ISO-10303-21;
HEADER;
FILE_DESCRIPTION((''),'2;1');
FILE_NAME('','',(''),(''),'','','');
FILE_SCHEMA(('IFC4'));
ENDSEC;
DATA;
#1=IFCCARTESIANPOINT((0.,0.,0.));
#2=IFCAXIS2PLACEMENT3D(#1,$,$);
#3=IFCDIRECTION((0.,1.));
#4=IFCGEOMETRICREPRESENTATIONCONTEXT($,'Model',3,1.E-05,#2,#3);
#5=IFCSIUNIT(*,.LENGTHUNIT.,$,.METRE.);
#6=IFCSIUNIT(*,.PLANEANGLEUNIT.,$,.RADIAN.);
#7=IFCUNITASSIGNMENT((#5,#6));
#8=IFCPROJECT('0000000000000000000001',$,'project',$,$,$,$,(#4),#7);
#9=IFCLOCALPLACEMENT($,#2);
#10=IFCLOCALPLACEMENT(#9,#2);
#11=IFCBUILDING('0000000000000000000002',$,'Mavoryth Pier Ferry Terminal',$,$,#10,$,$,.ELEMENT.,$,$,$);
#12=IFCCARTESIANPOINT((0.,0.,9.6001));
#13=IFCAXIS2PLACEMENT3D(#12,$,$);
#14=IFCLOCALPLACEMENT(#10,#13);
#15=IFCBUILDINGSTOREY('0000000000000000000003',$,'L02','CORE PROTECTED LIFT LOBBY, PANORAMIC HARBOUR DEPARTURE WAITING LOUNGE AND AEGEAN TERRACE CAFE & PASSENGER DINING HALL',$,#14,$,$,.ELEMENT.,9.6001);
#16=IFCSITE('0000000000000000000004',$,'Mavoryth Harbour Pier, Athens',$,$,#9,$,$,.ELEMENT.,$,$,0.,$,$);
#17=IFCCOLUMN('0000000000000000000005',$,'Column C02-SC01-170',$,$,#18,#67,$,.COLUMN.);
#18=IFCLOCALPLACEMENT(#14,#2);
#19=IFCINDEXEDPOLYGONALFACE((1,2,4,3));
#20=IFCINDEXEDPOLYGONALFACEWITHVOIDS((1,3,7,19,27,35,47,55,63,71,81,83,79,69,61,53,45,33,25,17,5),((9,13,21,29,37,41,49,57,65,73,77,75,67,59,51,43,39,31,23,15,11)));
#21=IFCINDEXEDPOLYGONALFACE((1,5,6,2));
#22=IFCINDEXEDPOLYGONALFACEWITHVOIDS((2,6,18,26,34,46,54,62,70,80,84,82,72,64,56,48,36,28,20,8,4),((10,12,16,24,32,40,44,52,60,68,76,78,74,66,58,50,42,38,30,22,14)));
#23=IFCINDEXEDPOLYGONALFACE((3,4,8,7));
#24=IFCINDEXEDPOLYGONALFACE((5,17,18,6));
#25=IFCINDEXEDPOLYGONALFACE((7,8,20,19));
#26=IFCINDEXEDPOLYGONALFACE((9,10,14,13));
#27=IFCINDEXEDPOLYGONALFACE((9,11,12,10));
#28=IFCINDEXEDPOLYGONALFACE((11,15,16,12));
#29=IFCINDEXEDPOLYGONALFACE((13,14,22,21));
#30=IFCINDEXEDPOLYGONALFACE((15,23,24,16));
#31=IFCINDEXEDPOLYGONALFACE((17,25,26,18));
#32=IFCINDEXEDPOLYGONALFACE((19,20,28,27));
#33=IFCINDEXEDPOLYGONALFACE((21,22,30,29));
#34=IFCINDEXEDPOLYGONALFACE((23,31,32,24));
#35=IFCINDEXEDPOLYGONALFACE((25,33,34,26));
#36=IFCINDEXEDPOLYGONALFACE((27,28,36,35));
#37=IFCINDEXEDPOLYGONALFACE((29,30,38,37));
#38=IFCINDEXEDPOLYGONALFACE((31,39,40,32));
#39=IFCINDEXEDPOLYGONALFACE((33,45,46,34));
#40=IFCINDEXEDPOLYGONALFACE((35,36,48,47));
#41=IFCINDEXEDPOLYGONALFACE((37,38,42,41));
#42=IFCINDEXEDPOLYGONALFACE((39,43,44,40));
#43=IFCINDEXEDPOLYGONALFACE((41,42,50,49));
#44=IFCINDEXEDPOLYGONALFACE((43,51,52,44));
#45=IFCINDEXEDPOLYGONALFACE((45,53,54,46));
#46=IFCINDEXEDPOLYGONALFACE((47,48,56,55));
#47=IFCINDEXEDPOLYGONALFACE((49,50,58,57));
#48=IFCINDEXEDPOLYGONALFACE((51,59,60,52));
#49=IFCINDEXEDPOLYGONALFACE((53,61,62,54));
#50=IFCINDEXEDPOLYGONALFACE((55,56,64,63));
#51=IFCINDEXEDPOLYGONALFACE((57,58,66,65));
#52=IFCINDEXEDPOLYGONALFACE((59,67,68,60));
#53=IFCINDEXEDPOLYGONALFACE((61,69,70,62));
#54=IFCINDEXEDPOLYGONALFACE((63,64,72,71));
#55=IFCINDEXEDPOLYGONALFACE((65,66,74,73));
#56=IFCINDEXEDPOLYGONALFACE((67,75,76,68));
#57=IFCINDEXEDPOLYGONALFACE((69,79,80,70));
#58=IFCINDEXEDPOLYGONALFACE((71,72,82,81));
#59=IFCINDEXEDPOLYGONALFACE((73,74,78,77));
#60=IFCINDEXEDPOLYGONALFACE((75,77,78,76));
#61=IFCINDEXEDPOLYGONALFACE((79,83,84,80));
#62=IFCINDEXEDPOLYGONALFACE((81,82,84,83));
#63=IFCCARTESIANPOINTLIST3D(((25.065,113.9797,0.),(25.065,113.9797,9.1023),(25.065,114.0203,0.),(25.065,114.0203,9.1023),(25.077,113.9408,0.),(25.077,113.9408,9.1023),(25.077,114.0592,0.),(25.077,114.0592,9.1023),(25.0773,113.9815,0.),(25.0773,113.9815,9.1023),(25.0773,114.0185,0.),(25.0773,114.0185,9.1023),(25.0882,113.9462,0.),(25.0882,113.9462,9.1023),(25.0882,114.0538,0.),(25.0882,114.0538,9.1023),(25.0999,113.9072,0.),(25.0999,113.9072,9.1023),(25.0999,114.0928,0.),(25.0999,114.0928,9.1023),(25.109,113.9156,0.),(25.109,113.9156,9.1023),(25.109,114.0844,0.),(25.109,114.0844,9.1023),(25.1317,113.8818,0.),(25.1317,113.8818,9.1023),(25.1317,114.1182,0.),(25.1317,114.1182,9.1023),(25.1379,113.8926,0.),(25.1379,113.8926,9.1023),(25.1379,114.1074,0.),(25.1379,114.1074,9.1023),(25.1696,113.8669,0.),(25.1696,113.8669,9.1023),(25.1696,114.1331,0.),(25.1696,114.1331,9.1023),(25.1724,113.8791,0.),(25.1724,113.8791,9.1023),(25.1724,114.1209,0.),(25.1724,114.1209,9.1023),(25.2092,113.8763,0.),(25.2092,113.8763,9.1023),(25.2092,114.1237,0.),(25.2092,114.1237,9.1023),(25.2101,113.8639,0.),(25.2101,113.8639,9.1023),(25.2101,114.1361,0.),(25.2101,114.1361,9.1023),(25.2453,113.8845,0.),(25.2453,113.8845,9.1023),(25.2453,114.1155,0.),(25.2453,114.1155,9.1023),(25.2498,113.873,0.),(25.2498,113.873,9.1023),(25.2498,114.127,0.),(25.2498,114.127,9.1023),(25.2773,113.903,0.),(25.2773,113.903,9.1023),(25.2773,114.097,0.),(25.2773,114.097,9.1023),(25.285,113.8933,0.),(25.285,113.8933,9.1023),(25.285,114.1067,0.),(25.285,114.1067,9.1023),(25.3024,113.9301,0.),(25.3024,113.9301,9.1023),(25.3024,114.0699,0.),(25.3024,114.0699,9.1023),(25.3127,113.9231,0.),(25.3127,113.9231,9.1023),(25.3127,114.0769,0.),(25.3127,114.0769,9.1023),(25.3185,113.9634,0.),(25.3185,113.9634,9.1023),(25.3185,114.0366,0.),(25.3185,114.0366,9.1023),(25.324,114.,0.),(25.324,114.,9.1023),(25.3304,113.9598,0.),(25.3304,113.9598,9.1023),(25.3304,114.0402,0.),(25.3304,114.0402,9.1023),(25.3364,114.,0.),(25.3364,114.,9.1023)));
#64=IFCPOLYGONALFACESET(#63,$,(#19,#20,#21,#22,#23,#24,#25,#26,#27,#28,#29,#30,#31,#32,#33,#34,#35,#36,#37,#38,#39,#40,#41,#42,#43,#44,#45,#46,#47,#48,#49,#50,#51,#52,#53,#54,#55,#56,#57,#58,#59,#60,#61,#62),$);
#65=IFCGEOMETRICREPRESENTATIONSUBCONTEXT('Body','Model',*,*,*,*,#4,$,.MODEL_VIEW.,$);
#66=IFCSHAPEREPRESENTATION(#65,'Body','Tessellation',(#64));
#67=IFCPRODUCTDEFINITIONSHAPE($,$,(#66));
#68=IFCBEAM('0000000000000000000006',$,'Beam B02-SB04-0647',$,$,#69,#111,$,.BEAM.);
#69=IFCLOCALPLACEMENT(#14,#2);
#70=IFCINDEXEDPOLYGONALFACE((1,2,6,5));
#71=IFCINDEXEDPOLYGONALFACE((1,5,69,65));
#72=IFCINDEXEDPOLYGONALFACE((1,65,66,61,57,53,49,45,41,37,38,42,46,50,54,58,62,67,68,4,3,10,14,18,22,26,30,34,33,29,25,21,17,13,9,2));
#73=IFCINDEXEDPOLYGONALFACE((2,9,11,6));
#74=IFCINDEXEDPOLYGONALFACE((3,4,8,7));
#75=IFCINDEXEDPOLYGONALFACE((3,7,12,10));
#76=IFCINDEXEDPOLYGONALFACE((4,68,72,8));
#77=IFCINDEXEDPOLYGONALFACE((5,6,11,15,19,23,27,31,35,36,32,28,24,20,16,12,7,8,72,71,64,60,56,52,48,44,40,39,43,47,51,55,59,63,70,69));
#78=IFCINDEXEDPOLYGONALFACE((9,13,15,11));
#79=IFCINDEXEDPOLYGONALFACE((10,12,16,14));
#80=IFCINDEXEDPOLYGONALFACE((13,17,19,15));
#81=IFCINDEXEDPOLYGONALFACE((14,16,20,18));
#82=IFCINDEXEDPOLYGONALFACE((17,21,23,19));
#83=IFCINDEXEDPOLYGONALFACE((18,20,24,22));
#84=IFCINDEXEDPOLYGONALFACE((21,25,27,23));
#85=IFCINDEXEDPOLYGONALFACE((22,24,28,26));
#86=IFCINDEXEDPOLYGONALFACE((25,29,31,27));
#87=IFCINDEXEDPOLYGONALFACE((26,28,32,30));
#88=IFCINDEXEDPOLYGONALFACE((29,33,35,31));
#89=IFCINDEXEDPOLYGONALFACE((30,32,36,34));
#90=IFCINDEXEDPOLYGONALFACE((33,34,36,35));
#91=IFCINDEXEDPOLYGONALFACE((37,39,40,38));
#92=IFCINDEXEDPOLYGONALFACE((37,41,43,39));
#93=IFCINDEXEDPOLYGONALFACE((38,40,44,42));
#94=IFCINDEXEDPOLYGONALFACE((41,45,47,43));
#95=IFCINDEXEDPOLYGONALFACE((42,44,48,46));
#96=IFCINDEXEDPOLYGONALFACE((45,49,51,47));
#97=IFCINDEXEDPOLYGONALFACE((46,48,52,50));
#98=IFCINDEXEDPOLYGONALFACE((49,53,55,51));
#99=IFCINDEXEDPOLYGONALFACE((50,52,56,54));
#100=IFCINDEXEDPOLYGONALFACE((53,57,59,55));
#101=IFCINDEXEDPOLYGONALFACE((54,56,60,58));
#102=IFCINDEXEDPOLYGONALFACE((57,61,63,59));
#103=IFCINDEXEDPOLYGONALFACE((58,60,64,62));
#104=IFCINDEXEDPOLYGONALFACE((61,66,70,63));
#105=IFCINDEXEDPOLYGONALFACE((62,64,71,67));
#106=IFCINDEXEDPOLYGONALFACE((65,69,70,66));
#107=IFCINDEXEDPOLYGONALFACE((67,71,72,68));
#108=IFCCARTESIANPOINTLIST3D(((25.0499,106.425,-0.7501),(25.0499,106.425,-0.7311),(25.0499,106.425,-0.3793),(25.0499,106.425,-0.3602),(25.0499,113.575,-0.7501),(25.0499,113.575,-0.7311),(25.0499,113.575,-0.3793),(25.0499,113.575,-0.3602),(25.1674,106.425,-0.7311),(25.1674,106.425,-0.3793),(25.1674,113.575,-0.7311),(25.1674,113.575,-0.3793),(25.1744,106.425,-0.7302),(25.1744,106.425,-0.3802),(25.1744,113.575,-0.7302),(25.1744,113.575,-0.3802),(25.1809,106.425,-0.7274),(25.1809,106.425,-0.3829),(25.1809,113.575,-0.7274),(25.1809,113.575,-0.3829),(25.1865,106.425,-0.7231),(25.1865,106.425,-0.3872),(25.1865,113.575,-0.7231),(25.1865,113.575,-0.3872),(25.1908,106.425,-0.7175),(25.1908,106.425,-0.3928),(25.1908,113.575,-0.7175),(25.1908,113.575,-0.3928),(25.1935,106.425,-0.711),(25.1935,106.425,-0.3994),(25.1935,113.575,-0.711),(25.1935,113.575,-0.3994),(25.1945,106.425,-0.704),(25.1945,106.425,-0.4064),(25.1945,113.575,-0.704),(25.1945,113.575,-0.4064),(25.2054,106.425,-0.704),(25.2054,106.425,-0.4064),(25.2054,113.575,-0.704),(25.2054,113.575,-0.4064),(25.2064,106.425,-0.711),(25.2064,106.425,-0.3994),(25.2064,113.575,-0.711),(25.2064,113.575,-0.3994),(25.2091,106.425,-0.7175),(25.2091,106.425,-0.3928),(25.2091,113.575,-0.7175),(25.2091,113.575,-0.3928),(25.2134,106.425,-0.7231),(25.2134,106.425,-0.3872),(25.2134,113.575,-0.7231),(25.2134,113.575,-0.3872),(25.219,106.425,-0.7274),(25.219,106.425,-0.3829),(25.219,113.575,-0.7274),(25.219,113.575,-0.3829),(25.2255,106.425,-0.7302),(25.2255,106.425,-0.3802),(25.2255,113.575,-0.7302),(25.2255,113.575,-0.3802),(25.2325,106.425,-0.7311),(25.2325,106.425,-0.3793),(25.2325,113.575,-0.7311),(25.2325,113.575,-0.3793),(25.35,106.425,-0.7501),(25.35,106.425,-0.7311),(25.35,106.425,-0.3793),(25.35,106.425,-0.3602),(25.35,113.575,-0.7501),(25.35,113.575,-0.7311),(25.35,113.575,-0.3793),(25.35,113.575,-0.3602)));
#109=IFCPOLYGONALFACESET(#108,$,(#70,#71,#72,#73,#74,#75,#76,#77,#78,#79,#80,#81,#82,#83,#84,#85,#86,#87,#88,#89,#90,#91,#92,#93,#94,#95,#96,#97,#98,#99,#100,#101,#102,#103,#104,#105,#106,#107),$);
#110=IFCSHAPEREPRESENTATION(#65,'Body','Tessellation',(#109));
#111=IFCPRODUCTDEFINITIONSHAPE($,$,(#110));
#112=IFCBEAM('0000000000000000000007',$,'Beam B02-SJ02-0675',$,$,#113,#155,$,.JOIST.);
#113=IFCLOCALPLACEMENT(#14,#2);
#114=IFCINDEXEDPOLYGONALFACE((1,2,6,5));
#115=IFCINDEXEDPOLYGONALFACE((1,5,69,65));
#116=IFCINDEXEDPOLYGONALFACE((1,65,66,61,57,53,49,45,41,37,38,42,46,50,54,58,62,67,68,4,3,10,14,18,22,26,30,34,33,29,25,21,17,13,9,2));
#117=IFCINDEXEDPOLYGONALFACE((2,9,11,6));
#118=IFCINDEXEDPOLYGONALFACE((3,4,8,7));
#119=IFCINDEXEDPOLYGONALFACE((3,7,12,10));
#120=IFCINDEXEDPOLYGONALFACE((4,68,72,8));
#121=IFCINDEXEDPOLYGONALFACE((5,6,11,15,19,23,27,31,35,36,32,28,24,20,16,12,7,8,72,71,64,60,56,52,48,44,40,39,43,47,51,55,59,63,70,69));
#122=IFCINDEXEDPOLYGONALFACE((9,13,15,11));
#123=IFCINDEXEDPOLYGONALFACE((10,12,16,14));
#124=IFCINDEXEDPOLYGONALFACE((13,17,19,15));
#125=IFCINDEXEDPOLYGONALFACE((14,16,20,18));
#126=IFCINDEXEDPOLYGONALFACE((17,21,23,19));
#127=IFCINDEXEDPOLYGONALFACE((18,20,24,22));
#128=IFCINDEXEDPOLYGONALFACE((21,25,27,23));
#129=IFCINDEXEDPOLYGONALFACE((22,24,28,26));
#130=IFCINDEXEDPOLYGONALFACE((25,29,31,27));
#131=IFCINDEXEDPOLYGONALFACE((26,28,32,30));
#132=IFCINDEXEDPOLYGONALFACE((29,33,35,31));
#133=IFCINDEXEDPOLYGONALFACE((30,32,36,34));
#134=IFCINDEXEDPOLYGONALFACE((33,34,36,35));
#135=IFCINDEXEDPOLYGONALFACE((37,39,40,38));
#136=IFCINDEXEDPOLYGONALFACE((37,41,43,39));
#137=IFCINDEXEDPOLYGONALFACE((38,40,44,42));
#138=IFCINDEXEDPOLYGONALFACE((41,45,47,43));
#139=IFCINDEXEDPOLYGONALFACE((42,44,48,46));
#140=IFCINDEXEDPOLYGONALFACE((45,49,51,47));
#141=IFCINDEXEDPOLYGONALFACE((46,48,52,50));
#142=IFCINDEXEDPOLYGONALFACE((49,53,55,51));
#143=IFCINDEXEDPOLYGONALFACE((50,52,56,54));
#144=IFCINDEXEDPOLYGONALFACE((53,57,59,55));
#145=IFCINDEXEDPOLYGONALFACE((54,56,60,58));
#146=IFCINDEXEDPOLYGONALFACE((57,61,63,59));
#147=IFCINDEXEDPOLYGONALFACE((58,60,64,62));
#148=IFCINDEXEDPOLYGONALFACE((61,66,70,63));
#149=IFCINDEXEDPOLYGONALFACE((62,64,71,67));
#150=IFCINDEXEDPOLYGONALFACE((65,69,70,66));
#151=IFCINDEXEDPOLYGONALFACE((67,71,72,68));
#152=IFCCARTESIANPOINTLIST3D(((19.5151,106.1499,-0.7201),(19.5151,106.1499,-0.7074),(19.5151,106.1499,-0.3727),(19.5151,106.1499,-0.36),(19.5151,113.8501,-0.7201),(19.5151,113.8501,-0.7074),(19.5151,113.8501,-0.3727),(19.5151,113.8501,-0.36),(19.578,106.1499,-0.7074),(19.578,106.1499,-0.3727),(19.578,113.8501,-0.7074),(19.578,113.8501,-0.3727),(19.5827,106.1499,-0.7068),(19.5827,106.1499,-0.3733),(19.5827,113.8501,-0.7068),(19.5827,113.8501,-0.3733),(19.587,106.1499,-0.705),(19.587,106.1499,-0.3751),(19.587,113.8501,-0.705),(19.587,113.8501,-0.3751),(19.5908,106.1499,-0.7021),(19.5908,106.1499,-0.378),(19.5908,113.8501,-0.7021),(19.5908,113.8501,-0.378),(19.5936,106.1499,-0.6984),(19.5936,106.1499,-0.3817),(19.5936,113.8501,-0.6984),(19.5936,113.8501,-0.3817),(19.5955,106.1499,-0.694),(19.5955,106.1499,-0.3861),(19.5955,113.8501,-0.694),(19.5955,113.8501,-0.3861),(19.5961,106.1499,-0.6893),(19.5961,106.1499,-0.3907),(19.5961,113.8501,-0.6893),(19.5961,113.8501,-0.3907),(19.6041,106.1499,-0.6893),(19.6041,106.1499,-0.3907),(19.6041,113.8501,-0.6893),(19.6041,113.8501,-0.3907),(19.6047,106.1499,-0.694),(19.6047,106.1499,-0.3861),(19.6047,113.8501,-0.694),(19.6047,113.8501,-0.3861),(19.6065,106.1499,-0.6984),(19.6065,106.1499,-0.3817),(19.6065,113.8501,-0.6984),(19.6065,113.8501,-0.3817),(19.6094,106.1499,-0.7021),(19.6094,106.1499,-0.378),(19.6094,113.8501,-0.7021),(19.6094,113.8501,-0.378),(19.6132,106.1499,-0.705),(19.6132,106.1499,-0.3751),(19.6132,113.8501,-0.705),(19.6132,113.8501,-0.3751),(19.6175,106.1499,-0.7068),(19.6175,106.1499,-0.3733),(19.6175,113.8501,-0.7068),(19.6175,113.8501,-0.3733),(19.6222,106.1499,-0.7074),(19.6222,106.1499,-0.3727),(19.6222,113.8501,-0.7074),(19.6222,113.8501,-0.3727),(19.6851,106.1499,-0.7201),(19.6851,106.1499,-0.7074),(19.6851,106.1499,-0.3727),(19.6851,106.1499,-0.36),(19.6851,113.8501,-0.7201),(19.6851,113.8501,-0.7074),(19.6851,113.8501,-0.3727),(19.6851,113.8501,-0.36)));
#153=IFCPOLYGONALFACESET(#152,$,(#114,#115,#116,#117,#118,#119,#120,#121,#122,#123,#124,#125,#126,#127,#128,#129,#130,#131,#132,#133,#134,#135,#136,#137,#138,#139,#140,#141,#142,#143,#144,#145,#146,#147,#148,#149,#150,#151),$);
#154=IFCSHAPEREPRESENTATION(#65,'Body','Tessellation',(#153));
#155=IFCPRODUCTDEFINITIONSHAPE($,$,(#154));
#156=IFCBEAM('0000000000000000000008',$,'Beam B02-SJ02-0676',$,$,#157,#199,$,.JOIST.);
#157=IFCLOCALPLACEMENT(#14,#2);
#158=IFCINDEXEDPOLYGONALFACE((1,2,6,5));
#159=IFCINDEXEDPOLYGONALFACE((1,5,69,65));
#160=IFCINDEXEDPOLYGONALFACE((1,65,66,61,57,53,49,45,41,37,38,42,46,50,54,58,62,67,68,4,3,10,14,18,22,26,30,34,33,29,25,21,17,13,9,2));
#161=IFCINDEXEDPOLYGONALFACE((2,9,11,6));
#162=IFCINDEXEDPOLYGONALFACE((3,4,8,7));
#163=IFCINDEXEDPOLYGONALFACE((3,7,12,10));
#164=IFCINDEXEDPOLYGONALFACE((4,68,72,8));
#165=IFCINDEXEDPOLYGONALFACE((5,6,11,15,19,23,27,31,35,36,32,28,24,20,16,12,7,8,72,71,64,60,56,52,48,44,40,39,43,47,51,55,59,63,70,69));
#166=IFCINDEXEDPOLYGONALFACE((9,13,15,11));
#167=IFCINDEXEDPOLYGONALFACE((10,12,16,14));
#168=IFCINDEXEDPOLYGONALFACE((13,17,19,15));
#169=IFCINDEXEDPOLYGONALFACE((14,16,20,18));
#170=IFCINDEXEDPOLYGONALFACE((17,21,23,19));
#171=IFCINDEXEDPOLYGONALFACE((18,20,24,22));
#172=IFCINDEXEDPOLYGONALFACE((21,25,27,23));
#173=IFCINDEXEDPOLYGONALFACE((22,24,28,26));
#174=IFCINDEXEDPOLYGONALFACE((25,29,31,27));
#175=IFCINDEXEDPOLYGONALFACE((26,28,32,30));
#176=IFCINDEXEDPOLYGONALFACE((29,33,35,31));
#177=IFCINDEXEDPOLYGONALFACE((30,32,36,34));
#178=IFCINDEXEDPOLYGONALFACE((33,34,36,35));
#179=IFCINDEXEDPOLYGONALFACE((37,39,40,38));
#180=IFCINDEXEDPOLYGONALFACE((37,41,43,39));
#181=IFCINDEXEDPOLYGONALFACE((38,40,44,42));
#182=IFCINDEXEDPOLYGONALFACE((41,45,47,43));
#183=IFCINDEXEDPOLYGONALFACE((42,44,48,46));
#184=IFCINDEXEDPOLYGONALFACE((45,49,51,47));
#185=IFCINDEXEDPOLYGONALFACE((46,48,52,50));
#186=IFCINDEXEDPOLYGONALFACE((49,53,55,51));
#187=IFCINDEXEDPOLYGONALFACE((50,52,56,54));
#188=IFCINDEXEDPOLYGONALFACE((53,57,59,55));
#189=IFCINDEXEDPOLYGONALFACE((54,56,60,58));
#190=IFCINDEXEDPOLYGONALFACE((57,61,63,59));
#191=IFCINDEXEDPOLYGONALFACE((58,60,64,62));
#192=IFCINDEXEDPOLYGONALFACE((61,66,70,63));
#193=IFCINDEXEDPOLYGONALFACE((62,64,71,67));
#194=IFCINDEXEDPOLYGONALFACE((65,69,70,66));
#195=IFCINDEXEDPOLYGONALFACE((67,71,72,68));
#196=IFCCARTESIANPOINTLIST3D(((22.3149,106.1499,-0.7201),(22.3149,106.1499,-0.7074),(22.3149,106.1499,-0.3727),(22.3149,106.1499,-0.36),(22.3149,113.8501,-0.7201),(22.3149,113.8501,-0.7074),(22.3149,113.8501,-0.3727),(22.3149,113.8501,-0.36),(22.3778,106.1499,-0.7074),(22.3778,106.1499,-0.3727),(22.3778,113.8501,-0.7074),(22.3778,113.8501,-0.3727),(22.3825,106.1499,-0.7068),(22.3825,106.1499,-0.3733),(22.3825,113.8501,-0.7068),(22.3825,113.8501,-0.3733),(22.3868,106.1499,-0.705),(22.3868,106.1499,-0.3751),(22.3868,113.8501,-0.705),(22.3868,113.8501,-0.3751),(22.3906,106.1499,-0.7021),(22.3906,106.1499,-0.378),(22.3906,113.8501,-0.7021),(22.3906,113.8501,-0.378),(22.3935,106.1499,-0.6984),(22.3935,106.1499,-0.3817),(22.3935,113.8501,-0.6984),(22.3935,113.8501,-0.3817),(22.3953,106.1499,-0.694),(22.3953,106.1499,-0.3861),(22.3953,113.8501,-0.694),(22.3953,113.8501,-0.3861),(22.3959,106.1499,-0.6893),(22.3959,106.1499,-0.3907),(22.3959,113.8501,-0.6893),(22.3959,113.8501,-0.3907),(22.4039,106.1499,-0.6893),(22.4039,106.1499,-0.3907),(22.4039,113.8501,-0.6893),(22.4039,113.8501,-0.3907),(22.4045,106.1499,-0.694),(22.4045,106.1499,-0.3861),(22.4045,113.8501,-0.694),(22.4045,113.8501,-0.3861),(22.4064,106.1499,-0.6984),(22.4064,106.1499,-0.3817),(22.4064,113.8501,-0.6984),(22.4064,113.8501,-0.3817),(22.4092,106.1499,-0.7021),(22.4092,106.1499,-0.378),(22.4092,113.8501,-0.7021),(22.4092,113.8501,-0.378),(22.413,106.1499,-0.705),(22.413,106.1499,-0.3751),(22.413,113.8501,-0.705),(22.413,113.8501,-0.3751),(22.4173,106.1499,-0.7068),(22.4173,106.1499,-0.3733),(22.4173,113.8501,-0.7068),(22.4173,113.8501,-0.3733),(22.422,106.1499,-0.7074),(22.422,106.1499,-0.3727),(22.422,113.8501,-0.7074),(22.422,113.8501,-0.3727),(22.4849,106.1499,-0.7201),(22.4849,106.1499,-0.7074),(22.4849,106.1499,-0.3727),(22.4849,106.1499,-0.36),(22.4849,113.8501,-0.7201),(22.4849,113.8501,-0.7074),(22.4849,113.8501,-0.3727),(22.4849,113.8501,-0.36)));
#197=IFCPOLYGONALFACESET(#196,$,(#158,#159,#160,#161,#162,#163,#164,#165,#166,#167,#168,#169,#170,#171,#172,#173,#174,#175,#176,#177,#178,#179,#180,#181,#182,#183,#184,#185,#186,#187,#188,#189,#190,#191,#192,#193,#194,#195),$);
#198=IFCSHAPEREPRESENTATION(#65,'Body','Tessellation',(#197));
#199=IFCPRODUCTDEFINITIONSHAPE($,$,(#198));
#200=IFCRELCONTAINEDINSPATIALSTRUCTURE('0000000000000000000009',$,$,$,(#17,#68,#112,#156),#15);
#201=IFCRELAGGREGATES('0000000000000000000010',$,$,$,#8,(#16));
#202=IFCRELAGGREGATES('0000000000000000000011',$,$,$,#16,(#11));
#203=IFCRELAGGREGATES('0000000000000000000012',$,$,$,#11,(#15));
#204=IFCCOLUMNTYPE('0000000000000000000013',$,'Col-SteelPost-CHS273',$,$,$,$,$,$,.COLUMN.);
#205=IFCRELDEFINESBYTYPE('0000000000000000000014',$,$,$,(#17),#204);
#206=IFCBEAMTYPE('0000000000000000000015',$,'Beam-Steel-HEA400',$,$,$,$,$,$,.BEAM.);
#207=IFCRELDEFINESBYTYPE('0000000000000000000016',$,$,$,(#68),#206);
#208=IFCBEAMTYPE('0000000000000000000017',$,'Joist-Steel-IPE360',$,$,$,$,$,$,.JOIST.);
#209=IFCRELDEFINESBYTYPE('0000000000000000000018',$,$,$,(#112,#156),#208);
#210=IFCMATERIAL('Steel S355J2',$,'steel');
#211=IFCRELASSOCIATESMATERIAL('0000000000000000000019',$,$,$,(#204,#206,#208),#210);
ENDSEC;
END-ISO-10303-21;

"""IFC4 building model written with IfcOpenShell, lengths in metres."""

from ifc_helpers import new_model, si_unit, direction, frame, origin, origin_2d, place, context, subcontext, project, spatial, hollow_circle, i_section, extrude, material, material_profile, profile_set, type_object, element, save


model = new_model("IFC4")

# Units and contexts
model_context = context("Model", 3, precision=1e-05, world=origin(), true_north=direction((0.0, 1.0)))
body_context = subcontext(model_context, "Body", "Model", "MODEL_VIEW")
ifc_project = project(units=[si_unit("LENGTHUNIT", "METRE"), si_unit("PLANEANGLEUNIT", "RADIAN")], contexts=[model_context])

# Site, building, storey
site_placement = place(None, origin())
site = spatial("IfcSite", under=ifc_project, at=site_placement, Name="Mavoryth Harbour Pier, Athens", CompositionType="ELEMENT", RefElevation=0.0)
building_placement = place(site_placement, origin())
building = spatial("IfcBuilding", under=site, at=building_placement, Name="Mavoryth Pier Ferry Terminal", CompositionType="ELEMENT")
storey_placement = place(building_placement, frame((0.0, 0.0, 9.6001)))
storey = spatial("IfcBuildingStorey", under=building, at=storey_placement, Name="L02", Description="CORE PROTECTED LIFT LOBBY, PANORAMIC HARBOUR DEPARTURE WAITING LOUNGE AND AEGEAN TERRACE CAFE & PASSENGER DINING HALL", CompositionType="ELEMENT", Elevation=9.6001)

# Column
ifc_material_1 = material(Name="Steel S355J2", Category="steel")
ifc_material_profile_1 = material_profile(ifc_material_1, hollow_circle(Radius=0.1365, WallThickness=0.0125, at=origin_2d()), Name="CHS 273.0x12.5", Category="steel")
ifc_profile_set_1 = profile_set([ifc_material_profile_1], Name="Steel S355J2 - CHS 273.0x12.5")
column_type = type_object("IfcColumnType", Name="Col-SteelPost-CHS273", PredefinedType="COLUMN", material=ifc_profile_set_1)
column_placement = place(storey_placement, frame((25.2, 114.0, 0.0), z_axis=(0.0, 0.0, 1.0), x_axis=(1.0, 0.0, 0.0)))
element("IfcColumn", 1, at=column_placement, inside=storey, type_object=column_type, Name="Column C02-SC01-170", PredefinedType="COLUMN", context=body_context, shape_type="SweptSolid", body=[
    extrude(hollow_circle(Radius=0.1365, WallThickness=0.0125, at=origin_2d()), origin(), (0.0, 0.0, 1.0), 9.1023),
])

# Beams
ifc_material_profile_2 = material_profile(ifc_material_1, i_section(OverallWidth=0.3, OverallDepth=0.3899, WebThickness=0.011, FlangeThickness=0.019, FilletRadius=0.0271, at=origin_2d()), Name="HEA 400", Category="steel")
ifc_profile_set_2 = profile_set([ifc_material_profile_2], Name="Steel S355J2 - HEA 400")
beam_type_1 = type_object("IfcBeamType", Name="Beam-Steel-HEA400", PredefinedType="BEAM", material=ifc_profile_set_2)
beam_1_placement = place(storey_placement, frame((25.2, 106.425, -0.5552), z_axis=(0.0, 1.0, 0.0), x_axis=(-1.0, 0.0, 0.0)))
element("IfcBeam", 2, at=beam_1_placement, inside=storey, type_object=beam_type_1, Name="Beam B02-SB04-0647", PredefinedType="BEAM", context=body_context, shape_type="SweptSolid", body=[
    extrude(i_section(OverallWidth=0.3, OverallDepth=0.3899, WebThickness=0.011, FlangeThickness=0.019, FilletRadius=0.0271, at=origin_2d()), origin(), (0.0, 0.0, 1.0), 7.1499),
])
ifc_material_profile_3 = material_profile(ifc_material_1, i_section(OverallWidth=0.1699, OverallDepth=0.3601, WebThickness=0.0081, FlangeThickness=0.0127, FilletRadius=0.0181, at=origin_2d()), Name="IPE 360", Category="steel")
ifc_profile_set_3 = profile_set([ifc_material_profile_3], Name="Steel S355J2 - IPE 360")
beam_type_2 = type_object("IfcBeamType", Name="Joist-Steel-IPE360", PredefinedType="JOIST", material=ifc_profile_set_3)
for number, where, z_axis, x_axis, name in (
    (3, (19.6001, 106.1499, -0.54), (0.0, 1.0, 0.0), (-1.0, 0.0, 0.0), "Beam B02-SJ02-0675"),
    (4, (22.3999, 106.1499, -0.54), (0.0, 1.0, 0.0), (-1.0, 0.0, 0.0), "Beam B02-SJ02-0676"),
):
    element("IfcBeam", number, at=place(storey_placement, frame(where, z_axis=z_axis, x_axis=x_axis)), inside=storey, type_object=beam_type_2, Name=name, PredefinedType="JOIST", context=body_context, shape_type="SweptSolid", body=[
        extrude(i_section(OverallWidth=0.1699, OverallDepth=0.3601, WebThickness=0.0081, FlangeThickness=0.0127, FilletRadius=0.0181, at=origin_2d()), origin(), (0.0, 0.0, 1.0), 7.7002),
    ])

save(model, "model.ifc")
